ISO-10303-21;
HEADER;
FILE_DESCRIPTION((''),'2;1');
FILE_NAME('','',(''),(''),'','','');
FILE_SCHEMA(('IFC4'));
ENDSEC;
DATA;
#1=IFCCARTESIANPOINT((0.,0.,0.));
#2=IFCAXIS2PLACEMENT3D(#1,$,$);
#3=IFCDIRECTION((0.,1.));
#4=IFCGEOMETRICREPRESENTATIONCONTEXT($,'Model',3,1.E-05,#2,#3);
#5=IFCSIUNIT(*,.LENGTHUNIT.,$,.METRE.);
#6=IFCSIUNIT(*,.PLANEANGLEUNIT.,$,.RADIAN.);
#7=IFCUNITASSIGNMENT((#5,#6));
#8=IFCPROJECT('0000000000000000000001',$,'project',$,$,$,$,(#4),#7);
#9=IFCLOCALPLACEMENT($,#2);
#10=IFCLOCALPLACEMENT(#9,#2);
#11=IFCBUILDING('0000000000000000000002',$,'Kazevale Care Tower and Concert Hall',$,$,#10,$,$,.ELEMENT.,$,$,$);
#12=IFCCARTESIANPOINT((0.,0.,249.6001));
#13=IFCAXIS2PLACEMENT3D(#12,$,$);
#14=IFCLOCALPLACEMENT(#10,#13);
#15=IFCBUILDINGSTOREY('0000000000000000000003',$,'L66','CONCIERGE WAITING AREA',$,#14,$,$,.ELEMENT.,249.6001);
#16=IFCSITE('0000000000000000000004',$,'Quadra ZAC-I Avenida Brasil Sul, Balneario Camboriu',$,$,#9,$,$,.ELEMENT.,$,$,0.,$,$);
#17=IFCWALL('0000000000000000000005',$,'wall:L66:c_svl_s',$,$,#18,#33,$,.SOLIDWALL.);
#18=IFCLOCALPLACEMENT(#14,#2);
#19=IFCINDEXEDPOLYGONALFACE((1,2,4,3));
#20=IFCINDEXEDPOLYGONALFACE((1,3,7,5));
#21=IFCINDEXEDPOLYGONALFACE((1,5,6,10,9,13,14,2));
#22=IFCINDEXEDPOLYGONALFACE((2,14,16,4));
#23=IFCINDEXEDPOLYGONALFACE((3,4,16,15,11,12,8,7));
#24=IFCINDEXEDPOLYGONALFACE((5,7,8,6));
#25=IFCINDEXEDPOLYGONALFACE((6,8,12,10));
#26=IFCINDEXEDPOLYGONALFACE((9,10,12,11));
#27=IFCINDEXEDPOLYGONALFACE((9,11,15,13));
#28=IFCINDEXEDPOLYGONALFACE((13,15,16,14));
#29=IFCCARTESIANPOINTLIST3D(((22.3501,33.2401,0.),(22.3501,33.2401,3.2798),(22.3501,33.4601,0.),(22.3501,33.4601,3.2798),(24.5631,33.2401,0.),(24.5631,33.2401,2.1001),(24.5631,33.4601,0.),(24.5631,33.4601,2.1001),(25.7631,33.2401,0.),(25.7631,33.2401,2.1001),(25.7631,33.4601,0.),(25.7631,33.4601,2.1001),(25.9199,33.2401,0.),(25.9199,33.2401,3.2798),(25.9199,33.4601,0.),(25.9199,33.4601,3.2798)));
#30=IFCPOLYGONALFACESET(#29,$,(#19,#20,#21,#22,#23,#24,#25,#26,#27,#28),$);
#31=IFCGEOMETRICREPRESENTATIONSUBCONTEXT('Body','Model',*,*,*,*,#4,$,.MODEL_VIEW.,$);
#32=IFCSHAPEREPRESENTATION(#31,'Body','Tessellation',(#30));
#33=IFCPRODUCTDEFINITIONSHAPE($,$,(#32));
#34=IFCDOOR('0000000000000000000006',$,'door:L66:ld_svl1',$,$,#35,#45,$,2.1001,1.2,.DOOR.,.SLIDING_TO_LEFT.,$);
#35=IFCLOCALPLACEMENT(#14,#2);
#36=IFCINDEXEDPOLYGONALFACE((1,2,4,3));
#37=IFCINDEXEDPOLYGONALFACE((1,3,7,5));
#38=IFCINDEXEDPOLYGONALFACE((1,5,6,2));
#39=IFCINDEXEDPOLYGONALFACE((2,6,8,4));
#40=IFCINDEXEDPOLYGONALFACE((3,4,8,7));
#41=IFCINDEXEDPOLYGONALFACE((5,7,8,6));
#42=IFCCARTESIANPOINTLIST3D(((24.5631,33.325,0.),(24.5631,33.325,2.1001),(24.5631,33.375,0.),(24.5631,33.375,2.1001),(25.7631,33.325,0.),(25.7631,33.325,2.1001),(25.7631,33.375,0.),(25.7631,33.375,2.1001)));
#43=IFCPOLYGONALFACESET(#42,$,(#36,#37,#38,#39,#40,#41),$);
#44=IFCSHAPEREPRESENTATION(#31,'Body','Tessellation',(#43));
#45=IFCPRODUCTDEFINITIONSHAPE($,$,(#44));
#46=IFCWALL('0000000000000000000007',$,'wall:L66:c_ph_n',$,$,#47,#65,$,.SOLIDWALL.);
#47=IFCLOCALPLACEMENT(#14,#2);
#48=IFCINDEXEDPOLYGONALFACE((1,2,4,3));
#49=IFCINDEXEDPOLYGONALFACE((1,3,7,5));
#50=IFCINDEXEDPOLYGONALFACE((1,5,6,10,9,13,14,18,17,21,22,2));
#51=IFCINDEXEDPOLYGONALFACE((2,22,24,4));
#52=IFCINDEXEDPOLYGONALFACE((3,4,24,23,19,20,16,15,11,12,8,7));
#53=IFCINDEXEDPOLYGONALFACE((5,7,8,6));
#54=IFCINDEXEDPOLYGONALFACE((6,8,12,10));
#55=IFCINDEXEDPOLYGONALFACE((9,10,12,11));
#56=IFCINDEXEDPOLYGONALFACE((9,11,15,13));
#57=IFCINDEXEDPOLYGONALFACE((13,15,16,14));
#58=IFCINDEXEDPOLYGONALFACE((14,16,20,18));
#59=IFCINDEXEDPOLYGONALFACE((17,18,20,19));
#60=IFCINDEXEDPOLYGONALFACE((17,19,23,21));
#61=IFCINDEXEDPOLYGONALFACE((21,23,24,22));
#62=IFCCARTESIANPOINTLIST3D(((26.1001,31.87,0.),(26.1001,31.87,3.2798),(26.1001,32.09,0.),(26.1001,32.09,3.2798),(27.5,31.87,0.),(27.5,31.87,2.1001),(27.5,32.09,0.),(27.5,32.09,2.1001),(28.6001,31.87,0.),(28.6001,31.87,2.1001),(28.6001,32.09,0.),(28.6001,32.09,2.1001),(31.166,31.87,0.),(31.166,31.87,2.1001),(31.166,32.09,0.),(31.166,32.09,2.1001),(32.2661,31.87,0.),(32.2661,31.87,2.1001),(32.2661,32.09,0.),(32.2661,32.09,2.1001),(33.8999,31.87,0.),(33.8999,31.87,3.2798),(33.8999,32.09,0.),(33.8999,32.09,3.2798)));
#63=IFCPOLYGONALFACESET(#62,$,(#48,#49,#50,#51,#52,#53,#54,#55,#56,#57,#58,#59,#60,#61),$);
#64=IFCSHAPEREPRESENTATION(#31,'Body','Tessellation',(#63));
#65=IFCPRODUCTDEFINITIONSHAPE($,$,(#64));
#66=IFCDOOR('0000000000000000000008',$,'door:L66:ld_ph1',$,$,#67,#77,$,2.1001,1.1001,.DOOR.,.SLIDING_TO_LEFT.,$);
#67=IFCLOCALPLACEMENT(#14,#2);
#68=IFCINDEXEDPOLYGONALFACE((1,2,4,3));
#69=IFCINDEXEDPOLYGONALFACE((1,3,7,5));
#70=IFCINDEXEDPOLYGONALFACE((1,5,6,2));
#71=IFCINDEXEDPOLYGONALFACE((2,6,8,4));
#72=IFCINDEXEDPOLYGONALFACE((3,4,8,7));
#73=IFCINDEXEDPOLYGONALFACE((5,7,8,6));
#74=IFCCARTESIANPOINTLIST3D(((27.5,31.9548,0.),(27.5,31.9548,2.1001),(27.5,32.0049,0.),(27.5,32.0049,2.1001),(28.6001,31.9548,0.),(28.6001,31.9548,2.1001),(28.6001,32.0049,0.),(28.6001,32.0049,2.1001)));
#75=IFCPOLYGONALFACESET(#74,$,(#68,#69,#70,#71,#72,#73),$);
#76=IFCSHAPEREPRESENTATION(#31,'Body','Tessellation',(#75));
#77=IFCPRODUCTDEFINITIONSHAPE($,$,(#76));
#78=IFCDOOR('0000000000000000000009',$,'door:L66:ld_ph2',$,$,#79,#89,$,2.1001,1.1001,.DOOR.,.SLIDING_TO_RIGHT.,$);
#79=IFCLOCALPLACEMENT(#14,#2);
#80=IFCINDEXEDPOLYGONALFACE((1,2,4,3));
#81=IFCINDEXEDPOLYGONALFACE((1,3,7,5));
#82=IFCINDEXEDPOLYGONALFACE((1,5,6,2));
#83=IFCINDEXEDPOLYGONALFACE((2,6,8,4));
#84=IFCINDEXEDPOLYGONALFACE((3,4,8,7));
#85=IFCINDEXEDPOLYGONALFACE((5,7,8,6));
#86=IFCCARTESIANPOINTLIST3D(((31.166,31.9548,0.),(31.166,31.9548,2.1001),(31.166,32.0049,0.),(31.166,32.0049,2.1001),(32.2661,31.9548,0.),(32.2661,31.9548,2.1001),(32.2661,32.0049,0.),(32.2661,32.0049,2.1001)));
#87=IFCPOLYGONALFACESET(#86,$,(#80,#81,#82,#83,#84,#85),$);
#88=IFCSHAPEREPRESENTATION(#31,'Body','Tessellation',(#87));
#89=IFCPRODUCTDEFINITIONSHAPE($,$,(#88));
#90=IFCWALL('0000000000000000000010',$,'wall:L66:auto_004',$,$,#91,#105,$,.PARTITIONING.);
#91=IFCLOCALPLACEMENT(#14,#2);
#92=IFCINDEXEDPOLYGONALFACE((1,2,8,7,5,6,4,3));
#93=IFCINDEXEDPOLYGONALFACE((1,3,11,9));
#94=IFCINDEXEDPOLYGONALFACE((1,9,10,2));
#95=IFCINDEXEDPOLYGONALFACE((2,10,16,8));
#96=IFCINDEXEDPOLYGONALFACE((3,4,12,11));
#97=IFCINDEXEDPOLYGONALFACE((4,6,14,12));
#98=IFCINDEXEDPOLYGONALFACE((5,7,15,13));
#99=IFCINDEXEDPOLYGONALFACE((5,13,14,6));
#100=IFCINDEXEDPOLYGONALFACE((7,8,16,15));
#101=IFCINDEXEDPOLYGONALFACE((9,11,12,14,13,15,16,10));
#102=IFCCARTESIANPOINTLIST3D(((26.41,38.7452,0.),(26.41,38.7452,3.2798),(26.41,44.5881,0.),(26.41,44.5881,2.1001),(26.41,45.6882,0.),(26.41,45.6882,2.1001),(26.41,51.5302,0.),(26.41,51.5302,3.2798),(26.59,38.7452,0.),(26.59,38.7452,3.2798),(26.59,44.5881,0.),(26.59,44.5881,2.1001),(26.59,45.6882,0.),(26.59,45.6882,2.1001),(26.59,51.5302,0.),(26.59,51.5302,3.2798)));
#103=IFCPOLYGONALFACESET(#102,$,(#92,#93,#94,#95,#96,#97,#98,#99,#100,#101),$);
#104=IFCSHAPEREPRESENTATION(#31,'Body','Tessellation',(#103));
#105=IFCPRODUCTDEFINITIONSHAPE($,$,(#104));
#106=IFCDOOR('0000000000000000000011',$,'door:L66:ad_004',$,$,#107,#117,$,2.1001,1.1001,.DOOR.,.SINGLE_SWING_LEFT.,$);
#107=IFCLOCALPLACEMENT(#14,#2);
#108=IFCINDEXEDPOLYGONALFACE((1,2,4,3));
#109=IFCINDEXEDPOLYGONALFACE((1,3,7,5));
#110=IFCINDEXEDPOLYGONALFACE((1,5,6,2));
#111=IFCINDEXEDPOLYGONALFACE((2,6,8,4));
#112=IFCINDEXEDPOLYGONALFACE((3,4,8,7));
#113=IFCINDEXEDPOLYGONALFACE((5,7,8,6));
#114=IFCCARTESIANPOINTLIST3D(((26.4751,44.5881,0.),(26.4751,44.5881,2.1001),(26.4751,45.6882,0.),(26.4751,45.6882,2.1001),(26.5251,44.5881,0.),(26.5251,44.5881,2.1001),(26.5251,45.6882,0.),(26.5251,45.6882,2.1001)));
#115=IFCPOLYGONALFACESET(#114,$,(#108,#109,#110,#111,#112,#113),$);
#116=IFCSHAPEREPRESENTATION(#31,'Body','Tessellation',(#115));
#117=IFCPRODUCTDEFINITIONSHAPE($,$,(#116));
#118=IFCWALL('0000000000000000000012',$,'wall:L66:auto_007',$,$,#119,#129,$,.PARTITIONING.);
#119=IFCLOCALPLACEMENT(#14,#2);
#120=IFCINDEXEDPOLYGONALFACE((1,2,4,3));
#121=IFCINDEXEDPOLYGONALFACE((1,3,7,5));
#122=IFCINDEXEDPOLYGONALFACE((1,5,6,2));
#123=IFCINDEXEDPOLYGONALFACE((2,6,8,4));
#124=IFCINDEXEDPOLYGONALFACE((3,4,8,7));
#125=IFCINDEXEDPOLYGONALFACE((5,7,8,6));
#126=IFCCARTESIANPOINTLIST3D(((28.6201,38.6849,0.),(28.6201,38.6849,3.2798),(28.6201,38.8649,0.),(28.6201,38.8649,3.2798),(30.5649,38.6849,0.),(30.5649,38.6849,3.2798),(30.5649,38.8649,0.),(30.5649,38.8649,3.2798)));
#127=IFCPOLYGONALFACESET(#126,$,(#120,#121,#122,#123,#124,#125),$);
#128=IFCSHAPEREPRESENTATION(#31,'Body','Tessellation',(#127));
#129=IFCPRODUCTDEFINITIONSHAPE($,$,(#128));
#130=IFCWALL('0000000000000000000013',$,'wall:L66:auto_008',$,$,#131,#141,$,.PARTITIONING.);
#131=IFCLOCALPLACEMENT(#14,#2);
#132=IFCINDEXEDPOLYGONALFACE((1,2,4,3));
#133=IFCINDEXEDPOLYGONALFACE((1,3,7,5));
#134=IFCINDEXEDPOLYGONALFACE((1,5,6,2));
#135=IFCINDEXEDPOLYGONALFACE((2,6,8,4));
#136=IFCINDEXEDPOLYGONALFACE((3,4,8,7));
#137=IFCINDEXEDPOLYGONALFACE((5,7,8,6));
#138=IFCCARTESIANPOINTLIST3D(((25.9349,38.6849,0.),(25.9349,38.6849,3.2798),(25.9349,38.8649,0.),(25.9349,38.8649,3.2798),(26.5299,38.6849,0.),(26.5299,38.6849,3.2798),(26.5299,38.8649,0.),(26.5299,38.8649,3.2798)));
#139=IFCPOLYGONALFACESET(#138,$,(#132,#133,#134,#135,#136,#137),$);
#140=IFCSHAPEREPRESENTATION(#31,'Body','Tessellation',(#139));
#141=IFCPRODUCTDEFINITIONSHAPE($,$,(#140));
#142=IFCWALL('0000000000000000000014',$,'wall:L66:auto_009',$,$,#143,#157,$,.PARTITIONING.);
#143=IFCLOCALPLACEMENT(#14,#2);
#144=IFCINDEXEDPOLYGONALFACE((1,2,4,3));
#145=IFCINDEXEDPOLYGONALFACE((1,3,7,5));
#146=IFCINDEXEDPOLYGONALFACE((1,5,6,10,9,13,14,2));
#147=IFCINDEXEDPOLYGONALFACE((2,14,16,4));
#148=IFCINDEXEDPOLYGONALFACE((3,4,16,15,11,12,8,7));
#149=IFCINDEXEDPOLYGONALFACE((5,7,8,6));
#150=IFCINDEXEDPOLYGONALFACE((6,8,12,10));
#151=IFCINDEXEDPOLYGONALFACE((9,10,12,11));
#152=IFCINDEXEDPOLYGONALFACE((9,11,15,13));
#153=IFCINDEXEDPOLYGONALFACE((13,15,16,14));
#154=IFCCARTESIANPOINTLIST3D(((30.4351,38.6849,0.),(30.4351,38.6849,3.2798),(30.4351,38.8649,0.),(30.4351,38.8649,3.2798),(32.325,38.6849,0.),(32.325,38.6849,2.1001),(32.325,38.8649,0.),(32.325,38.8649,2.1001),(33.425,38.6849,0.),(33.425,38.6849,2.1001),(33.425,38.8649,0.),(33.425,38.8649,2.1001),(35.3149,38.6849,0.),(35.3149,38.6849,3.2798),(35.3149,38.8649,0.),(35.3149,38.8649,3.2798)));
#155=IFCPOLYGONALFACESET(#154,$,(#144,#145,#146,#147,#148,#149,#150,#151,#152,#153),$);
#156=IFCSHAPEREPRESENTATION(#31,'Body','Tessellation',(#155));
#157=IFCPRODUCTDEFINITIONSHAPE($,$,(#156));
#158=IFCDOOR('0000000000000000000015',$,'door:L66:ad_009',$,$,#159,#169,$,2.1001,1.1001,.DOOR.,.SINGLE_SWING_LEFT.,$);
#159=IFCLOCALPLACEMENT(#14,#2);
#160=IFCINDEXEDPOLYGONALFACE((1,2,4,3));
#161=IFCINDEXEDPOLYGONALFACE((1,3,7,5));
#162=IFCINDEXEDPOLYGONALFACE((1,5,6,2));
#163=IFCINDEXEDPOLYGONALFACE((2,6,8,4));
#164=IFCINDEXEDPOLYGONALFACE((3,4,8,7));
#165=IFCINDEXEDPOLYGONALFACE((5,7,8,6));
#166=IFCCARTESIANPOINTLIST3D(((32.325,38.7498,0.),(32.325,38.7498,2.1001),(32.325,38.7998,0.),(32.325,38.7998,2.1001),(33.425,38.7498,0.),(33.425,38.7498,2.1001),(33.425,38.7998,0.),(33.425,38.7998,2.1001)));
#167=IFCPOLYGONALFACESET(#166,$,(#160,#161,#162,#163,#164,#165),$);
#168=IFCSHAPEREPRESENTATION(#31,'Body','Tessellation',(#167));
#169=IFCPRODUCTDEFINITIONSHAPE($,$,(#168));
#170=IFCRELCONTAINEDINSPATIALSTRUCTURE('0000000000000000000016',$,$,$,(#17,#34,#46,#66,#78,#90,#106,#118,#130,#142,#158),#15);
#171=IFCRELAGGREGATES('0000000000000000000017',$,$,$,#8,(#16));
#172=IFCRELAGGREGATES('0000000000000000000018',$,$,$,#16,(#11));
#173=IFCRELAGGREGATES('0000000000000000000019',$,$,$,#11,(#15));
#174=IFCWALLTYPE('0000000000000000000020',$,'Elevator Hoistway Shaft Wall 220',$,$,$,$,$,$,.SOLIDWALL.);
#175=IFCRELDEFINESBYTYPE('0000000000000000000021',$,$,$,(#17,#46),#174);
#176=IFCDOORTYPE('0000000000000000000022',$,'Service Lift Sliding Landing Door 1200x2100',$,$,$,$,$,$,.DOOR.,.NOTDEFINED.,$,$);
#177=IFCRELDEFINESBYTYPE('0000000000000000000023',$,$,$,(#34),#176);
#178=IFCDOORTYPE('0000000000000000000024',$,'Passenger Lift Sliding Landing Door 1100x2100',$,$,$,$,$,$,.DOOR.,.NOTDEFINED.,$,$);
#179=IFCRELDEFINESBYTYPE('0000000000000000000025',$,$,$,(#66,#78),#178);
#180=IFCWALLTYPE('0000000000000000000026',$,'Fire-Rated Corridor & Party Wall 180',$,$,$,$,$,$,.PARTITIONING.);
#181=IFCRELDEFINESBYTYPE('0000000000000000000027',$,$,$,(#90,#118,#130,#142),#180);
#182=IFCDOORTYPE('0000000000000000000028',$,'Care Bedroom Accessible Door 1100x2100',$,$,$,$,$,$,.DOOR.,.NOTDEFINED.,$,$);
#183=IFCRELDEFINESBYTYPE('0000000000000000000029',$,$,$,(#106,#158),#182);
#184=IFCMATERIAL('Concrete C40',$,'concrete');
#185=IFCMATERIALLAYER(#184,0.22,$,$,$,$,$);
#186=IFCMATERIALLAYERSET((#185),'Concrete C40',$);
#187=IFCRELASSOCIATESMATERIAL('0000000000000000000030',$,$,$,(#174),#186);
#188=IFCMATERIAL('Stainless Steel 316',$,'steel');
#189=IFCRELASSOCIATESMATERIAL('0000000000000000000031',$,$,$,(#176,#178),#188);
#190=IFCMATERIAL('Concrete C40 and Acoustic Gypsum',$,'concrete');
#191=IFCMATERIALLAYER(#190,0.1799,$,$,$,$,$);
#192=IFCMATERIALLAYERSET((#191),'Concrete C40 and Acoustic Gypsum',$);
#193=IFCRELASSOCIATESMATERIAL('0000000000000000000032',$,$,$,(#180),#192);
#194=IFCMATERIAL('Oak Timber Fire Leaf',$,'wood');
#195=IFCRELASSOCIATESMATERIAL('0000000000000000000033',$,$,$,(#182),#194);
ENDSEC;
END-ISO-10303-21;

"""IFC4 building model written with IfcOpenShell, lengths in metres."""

from ifc_helpers import new_model, si_unit, direction, frame, frame_2d, origin, place, context, subcontext, project, spatial, rectangle, extrude, material, layer, layer_set, type_object, element, fill, save


model = new_model("IFC4")

# Units and contexts
model_context = context("Model", 3, precision=1e-05, world=origin(), true_north=direction((0.0, 1.0)))
body_context = subcontext(model_context, "Body", "Model", "MODEL_VIEW")
ifc_project = project(units=[si_unit("LENGTHUNIT", "METRE"), si_unit("PLANEANGLEUNIT", "RADIAN")], contexts=[model_context])

# Site, building, storey
site_placement = place(None, origin())
site = spatial("IfcSite", under=ifc_project, at=site_placement, Name="Quadra ZAC-I Avenida Brasil Sul, Balneario Camboriu", CompositionType="ELEMENT", RefElevation=0.0)
building_placement = place(site_placement, origin())
building = spatial("IfcBuilding", under=site, at=building_placement, Name="Kazevale Care Tower and Concert Hall", CompositionType="ELEMENT")
storey_placement = place(building_placement, frame((0.0, 0.0, 249.6001)))
storey = spatial("IfcBuildingStorey", under=building, at=storey_placement, Name="L66", Description="CONCIERGE WAITING AREA", CompositionType="ELEMENT", Elevation=249.6001)

# Shared definitions
ifc_material_1 = material(Name="Oak Timber Fire Leaf", Category="wood")

# Shared definitions
ifc_material_2 = material(Name="Concrete C40", Category="concrete")
ifc_layer_1 = layer(ifc_material_2, 0.22)
ifc_layer_set_1 = layer_set([ifc_layer_1], Name="Concrete C40")
wall_type_1 = type_object("IfcWallType", Name="Elevator Hoistway Shaft Wall 220", PredefinedType="SOLIDWALL", material=ifc_layer_set_1)

# Wall, opening, door
wall_1_placement = place(storey_placement, frame((22.3501, 33.3501, 0.0), z_axis=(0.0, 0.0, 1.0), x_axis=(1.0, 0.0, 0.0)))
wall_1 = element("IfcWall", 1, at=wall_1_placement, inside=storey, type_object=wall_type_1, Name="wall:L66:c_svl_s", PredefinedType="SOLIDWALL", context=body_context, shape_type="SweptSolid", body=[
    extrude(rectangle(XDim=3.5698, YDim=0.22, at=frame_2d((1.7849, 0.0))), origin(), (0.0, 0.0, 1.0), 3.2798),
])
opening_1_placement = place(wall_1_placement, frame((2.2129, 0.0, 0.0)))
opening_1 = element("IfcOpeningElement", 2, at=opening_1_placement, cuts=wall_1, PredefinedType="OPENING", context=body_context, shape_type="SweptSolid", body=[
    extrude(rectangle(XDim=1.2, YDim=2.1001, at=frame_2d((0.6001, 1.05))), frame((0.0, 0.1199, 0.0), z_axis=(0.0, -1.0, 0.0), x_axis=(1.0, 0.0, 0.0)), (0.0, 0.0, 1.0), 0.24),
])
ifc_material_3 = material(Name="Stainless Steel 316", Category="steel")
door_type_1 = type_object("IfcDoorType", Name="Service Lift Sliding Landing Door 1200x2100", OperationType="NOTDEFINED", PredefinedType="DOOR", material=ifc_material_3)
door_1_placement = place(opening_1_placement, origin())
door_1 = element("IfcDoor", 3, at=door_1_placement, inside=storey, type_object=door_type_1, Name="door:L66:ld_svl1", OperationType="SLIDING_TO_LEFT", OverallHeight=2.1001, OverallWidth=1.2, PredefinedType="DOOR", context=body_context, shape_type="SweptSolid", body=[
    extrude(rectangle(XDim=1.2, YDim=2.1001, at=frame_2d((0.6001, 1.05))), frame((0.0, 0.0249, 0.0), z_axis=(0.0, -1.0, 0.0), x_axis=(1.0, 0.0, 0.0)), (0.0, 0.0, 1.0), 0.05),
])
fill(opening_1, door_1)

# Wall, openings, doors
wall_2_placement = place(storey_placement, frame((26.1001, 31.98, 0.0), z_axis=(0.0, 0.0, 1.0), x_axis=(1.0, 0.0, 0.0)))
wall_2 = element("IfcWall", 4, at=wall_2_placement, inside=storey, type_object=wall_type_1, Name="wall:L66:c_ph_n", PredefinedType="SOLIDWALL", context=body_context, shape_type="SweptSolid", body=[
    extrude(rectangle(XDim=7.7998, YDim=0.22, at=frame_2d((3.8999, 0.0))), origin(), (0.0, 0.0, 1.0), 3.2798),
])
opening_2_placement = place(wall_2_placement, frame((1.3999, 0.0, 0.0)))
opening_2 = element("IfcOpeningElement", 5, at=opening_2_placement, cuts=wall_2, PredefinedType="OPENING", context=body_context, shape_type="SweptSolid", body=[
    extrude(rectangle(XDim=1.1001, YDim=2.1001, at=frame_2d((0.55, 1.05))), frame((0.0, 0.1199, 0.0), z_axis=(0.0, -1.0, 0.0), x_axis=(1.0, 0.0, 0.0)), (0.0, 0.0, 1.0), 0.24),
])
opening_3_placement = place(wall_2_placement, frame((5.0659, 0.0, 0.0)))
opening_3 = element("IfcOpeningElement", 6, at=opening_3_placement, cuts=wall_2, PredefinedType="OPENING", context=body_context, shape_type="SweptSolid", body=[
    extrude(rectangle(XDim=1.1001, YDim=2.1001, at=frame_2d((0.55, 1.05))), frame((0.0, 0.1199, 0.0), z_axis=(0.0, -1.0, 0.0), x_axis=(1.0, 0.0, 0.0)), (0.0, 0.0, 1.0), 0.24),
])
door_type_2 = type_object("IfcDoorType", Name="Passenger Lift Sliding Landing Door 1100x2100", OperationType="NOTDEFINED", PredefinedType="DOOR", material=ifc_material_3)
door_2_placement = place(opening_2_placement, origin())
door_2 = element("IfcDoor", 7, at=door_2_placement, inside=storey, type_object=door_type_2, Name="door:L66:ld_ph1", OperationType="SLIDING_TO_LEFT", OverallHeight=2.1001, OverallWidth=1.1001, PredefinedType="DOOR", context=body_context, shape_type="SweptSolid", body=[
    extrude(rectangle(XDim=1.1001, YDim=2.1001, at=frame_2d((0.55, 1.05))), frame((0.0, 0.0249, 0.0), z_axis=(0.0, -1.0, 0.0), x_axis=(1.0, 0.0, 0.0)), (0.0, 0.0, 1.0), 0.05),
])
fill(opening_2, door_2)
door_3_placement = place(opening_3_placement, origin())
door_3 = element("IfcDoor", 8, at=door_3_placement, inside=storey, type_object=door_type_2, Name="door:L66:ld_ph2", OperationType="SLIDING_TO_RIGHT", OverallHeight=2.1001, OverallWidth=1.1001, PredefinedType="DOOR", context=body_context, shape_type="SweptSolid", body=[
    extrude(rectangle(XDim=1.1001, YDim=2.1001, at=frame_2d((0.55, 1.05))), frame((0.0, 0.0249, 0.0), z_axis=(0.0, -1.0, 0.0), x_axis=(1.0, 0.0, 0.0)), (0.0, 0.0, 1.0), 0.05),
])
fill(opening_3, door_3)

# Wall, opening, door
ifc_material_4 = material(Name="Concrete C40 and Acoustic Gypsum", Category="concrete")
ifc_layer_2 = layer(ifc_material_4, 0.1799)
ifc_layer_set_2 = layer_set([ifc_layer_2], Name="Concrete C40 and Acoustic Gypsum")
wall_type_2 = type_object("IfcWallType", Name="Fire-Rated Corridor & Party Wall 180", PredefinedType="PARTITIONING", material=ifc_layer_set_2)
wall_3_placement = place(storey_placement, frame((26.5, 38.7451, 0.0), z_axis=(0.0, 0.0, 1.0), x_axis=(0.0, 1.0, 0.0)))
wall_3 = element("IfcWall", 9, at=wall_3_placement, inside=storey, type_object=wall_type_2, Name="wall:L66:auto_004", PredefinedType="PARTITIONING", context=body_context, shape_type="SweptSolid", body=[
    extrude(rectangle(XDim=12.7849, YDim=0.1799, at=frame_2d((6.3926, 0.0))), origin(), (0.0, 0.0, 1.0), 3.2798),
])
opening_4_placement = place(wall_3_placement, frame((5.843, 0.0, 0.0)))
opening_4 = element("IfcOpeningElement", 10, at=opening_4_placement, cuts=wall_3, PredefinedType="OPENING", context=body_context, shape_type="SweptSolid", body=[
    extrude(rectangle(XDim=1.1001, YDim=2.1001, at=frame_2d((0.55, 1.05))), frame((0.0, 0.0999, 0.0), z_axis=(0.0, -1.0, 0.0), x_axis=(1.0, 0.0, 0.0)), (0.0, 0.0, 1.0), 0.2),
])
door_type_3 = type_object("IfcDoorType", Name="Care Bedroom Accessible Door 1100x2100", OperationType="NOTDEFINED", PredefinedType="DOOR", material=ifc_material_1)
door_4_placement = place(opening_4_placement, origin())
door_4 = element("IfcDoor", 11, at=door_4_placement, inside=storey, type_object=door_type_3, Name="door:L66:ad_004", OperationType="SINGLE_SWING_LEFT", OverallHeight=2.1001, OverallWidth=1.1001, PredefinedType="DOOR", context=body_context, shape_type="SweptSolid", body=[
    extrude(rectangle(XDim=1.1001, YDim=2.1001, at=frame_2d((0.55, 1.05))), frame((0.0, 0.0249, 0.0), z_axis=(0.0, -1.0, 0.0), x_axis=(1.0, 0.0, 0.0)), (0.0, 0.0, 1.0), 0.05),
])
fill(opening_4, door_4)

# Walls
wall_4_placement = place(storey_placement, frame((28.6201, 38.7749, 0.0), z_axis=(0.0, 0.0, 1.0), x_axis=(1.0, 0.0, 0.0)))
element("IfcWall", 12, at=wall_4_placement, inside=storey, type_object=wall_type_2, Name="wall:L66:auto_007", PredefinedType="PARTITIONING", context=body_context, shape_type="SweptSolid", body=[
    extrude(rectangle(XDim=1.9448, YDim=0.1799, at=frame_2d((0.9724, 0.0))), origin(), (0.0, 0.0, 1.0), 3.2798),
])
wall_5_placement = place(storey_placement, frame((25.9351, 38.7749, 0.0), z_axis=(0.0, 0.0, 1.0), x_axis=(1.0, 0.0, 0.0)))
element("IfcWall", 13, at=wall_5_placement, inside=storey, type_object=wall_type_2, Name="wall:L66:auto_008", PredefinedType="PARTITIONING", context=body_context, shape_type="SweptSolid", body=[
    extrude(rectangle(XDim=0.595, YDim=0.1799, at=frame_2d((0.2974, 0.0))), origin(), (0.0, 0.0, 1.0), 3.2798),
])

# Wall, opening, door
wall_6_placement = place(storey_placement, frame((30.4351, 38.7749, 0.0), z_axis=(0.0, 0.0, 1.0), x_axis=(1.0, 0.0, 0.0)))
wall_6 = element("IfcWall", 14, at=wall_6_placement, inside=storey, type_object=wall_type_2, Name="wall:L66:auto_009", PredefinedType="PARTITIONING", context=body_context, shape_type="SweptSolid", body=[
    extrude(rectangle(XDim=4.8799, YDim=0.1799, at=frame_2d((2.4399, 0.0))), origin(), (0.0, 0.0, 1.0), 3.2798),
])
opening_5_placement = place(wall_6_placement, frame((1.8899, 0.0, 0.0)))
opening_5 = element("IfcOpeningElement", 15, at=opening_5_placement, cuts=wall_6, PredefinedType="OPENING", context=body_context, shape_type="SweptSolid", body=[
    extrude(rectangle(XDim=1.1001, YDim=2.1001, at=frame_2d((0.55, 1.05))), frame((0.0, 0.0999, 0.0), z_axis=(0.0, -1.0, 0.0), x_axis=(1.0, 0.0, 0.0)), (0.0, 0.0, 1.0), 0.2),
])
door_5_placement = place(opening_5_placement, origin())
door_5 = element("IfcDoor", 16, at=door_5_placement, inside=storey, type_object=door_type_3, Name="door:L66:ad_009", OperationType="SINGLE_SWING_LEFT", OverallHeight=2.1001, OverallWidth=1.1001, PredefinedType="DOOR", context=body_context, shape_type="SweptSolid", body=[
    extrude(rectangle(XDim=1.1001, YDim=2.1001, at=frame_2d((0.55, 1.05))), frame((0.0, 0.0249, 0.0), z_axis=(0.0, -1.0, 0.0), x_axis=(1.0, 0.0, 0.0)), (0.0, 0.0, 1.0), 0.05),
])
fill(opening_5, door_5)

save(model, "model.ifc")
